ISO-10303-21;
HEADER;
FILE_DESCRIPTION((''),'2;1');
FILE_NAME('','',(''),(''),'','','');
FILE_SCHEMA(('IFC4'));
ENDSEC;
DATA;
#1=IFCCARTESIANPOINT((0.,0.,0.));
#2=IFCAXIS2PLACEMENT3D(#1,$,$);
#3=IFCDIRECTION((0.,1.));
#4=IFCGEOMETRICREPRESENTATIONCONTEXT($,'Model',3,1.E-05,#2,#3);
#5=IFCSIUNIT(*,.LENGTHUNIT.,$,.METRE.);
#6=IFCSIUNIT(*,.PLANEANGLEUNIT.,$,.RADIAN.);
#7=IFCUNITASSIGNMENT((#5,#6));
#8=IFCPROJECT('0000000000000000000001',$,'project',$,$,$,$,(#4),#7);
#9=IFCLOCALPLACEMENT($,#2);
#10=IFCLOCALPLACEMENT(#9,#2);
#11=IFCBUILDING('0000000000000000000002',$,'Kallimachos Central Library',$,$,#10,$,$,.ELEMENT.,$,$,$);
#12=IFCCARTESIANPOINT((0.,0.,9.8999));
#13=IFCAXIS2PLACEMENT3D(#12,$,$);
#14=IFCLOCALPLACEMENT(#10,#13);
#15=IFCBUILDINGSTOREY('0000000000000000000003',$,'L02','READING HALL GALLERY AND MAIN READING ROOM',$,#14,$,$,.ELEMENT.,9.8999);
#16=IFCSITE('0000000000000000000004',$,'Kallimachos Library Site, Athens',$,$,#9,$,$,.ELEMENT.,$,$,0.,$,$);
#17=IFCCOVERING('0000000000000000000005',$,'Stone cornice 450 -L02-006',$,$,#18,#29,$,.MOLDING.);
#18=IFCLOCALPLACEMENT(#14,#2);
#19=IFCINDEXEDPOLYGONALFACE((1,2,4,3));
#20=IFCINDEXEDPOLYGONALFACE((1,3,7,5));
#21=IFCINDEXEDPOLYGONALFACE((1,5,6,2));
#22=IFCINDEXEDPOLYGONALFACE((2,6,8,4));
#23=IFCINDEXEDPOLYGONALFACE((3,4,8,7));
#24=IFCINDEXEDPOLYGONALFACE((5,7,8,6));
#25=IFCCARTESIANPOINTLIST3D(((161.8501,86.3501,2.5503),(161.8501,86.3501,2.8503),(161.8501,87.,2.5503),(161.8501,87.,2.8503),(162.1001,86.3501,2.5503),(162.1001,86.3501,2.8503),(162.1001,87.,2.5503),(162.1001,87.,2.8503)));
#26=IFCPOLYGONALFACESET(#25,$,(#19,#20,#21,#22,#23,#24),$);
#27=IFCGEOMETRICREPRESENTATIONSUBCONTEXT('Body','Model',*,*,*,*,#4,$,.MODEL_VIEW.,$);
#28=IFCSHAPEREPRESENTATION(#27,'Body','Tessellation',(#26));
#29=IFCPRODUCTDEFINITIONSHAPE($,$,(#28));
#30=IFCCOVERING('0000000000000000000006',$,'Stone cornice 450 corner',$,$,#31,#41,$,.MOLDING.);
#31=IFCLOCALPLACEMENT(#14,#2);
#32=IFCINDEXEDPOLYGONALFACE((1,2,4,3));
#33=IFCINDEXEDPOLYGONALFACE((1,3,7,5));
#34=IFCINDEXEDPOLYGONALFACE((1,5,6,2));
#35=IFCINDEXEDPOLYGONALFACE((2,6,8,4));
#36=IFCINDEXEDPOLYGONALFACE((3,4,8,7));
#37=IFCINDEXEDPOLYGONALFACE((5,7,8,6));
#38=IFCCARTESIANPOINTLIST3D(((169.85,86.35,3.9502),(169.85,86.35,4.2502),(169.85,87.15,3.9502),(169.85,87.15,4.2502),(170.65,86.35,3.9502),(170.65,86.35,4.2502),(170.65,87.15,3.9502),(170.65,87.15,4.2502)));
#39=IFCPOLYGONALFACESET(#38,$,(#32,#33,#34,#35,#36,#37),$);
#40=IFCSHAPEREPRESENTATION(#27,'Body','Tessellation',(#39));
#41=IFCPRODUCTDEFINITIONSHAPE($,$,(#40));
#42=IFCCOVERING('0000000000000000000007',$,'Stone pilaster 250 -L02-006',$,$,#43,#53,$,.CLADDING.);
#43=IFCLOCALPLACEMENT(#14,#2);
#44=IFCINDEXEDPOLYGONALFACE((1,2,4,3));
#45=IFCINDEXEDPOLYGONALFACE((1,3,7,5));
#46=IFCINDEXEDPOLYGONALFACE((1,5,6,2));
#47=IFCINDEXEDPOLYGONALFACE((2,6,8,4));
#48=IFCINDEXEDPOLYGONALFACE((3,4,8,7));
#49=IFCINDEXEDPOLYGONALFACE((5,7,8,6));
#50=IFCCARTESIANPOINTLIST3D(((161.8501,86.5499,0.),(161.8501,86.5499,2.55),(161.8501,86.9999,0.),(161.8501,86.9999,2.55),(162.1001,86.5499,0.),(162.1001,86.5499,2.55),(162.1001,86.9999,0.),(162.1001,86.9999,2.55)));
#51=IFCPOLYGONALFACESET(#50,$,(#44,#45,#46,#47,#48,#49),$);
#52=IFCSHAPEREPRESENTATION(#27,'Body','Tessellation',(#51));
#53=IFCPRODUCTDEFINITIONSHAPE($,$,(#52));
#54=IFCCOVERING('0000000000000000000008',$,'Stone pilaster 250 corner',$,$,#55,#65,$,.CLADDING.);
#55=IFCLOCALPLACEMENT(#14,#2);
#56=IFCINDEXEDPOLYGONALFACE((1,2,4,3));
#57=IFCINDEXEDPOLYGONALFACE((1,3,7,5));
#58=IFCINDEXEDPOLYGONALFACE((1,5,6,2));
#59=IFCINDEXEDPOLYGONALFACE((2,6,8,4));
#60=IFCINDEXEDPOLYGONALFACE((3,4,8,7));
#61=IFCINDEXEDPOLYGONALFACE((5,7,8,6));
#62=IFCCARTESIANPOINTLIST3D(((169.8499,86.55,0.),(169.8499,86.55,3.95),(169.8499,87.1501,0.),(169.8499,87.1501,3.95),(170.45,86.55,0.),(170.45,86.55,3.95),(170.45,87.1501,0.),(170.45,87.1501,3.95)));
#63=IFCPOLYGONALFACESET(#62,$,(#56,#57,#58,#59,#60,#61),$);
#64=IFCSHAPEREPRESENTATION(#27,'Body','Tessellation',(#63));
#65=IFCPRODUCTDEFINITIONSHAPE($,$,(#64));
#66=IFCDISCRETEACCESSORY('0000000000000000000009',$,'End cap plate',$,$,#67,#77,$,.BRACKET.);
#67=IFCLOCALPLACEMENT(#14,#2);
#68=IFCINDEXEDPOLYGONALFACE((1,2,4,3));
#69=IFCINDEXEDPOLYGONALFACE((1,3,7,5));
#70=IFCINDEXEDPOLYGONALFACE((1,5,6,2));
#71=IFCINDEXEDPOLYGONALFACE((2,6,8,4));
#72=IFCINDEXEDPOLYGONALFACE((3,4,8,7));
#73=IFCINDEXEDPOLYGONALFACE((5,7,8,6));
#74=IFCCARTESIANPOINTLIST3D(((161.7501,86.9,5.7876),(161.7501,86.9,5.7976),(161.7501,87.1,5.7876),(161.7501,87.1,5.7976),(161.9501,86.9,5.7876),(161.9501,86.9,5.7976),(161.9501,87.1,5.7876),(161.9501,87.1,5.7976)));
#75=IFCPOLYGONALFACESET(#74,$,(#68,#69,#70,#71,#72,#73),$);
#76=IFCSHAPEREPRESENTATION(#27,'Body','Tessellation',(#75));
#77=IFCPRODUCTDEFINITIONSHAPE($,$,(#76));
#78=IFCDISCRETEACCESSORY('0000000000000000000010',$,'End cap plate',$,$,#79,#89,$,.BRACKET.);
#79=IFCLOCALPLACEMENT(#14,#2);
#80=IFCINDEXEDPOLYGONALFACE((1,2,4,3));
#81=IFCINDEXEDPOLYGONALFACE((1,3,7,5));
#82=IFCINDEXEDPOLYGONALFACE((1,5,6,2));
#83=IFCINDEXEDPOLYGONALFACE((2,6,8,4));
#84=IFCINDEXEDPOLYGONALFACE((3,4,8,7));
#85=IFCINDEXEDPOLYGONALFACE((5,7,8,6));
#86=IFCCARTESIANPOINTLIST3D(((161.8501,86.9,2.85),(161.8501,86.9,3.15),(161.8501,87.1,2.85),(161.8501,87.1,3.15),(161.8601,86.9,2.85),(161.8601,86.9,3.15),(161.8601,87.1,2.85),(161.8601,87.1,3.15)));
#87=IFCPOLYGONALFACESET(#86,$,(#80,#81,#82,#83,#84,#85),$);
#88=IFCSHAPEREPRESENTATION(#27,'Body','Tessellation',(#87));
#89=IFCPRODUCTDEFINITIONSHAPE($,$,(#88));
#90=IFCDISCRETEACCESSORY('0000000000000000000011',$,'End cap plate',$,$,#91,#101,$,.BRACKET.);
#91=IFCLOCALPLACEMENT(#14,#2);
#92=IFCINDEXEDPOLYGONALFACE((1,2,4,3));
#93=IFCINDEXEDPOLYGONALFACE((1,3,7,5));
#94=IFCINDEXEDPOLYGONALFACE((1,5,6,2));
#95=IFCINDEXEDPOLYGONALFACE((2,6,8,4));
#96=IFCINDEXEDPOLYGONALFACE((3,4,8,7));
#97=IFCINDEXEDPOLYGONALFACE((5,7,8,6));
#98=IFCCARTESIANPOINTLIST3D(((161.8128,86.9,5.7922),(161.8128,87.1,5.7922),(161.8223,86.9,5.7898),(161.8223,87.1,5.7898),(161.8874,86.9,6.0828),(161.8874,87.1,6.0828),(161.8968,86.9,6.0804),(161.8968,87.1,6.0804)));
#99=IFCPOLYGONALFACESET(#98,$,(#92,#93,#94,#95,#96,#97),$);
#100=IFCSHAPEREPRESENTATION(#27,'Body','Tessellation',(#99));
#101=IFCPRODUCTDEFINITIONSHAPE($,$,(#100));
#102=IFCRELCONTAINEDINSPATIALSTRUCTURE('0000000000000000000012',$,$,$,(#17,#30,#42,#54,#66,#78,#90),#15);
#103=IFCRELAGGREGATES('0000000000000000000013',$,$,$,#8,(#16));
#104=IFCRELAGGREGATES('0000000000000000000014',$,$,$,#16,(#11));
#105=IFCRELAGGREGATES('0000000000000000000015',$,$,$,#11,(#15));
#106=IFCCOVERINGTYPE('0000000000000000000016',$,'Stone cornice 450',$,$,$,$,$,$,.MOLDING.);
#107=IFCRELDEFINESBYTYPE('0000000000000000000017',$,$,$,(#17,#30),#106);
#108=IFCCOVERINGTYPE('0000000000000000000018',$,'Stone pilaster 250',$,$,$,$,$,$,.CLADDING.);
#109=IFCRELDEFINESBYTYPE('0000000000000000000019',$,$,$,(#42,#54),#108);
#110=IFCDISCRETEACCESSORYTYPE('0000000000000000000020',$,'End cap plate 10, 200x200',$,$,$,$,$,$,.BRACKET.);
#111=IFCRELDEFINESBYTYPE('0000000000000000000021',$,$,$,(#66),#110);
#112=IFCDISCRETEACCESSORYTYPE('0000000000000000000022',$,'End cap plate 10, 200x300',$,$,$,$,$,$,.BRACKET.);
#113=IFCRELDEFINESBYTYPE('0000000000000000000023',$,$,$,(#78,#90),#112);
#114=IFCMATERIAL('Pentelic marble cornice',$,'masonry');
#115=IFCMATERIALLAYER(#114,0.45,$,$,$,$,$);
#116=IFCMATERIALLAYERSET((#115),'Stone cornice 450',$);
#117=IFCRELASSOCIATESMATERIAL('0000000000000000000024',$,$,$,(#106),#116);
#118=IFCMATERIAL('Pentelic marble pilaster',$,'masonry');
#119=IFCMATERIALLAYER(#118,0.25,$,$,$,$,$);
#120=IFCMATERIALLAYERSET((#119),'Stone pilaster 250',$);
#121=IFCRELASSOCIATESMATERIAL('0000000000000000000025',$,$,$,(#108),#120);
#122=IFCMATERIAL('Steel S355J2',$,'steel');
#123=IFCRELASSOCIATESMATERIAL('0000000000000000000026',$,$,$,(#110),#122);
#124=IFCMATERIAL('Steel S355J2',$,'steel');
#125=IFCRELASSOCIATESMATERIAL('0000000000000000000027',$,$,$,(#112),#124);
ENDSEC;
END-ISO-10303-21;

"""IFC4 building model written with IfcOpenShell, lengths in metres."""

from ifc_helpers import new_model, si_unit, direction, frame, origin, origin_2d, place, context, subcontext, project, spatial, rectangle, extrude, material, layer, layer_set, material_profile, profile_set, type_object, element, save


model = new_model("IFC4")

# Units and contexts
model_context = context("Model", 3, precision=1e-05, world=origin(), true_north=direction((0.0, 1.0)))
body_context = subcontext(model_context, "Body", "Model", "MODEL_VIEW")
ifc_project = project(units=[si_unit("LENGTHUNIT", "METRE"), si_unit("PLANEANGLEUNIT", "RADIAN")], contexts=[model_context])

# Site, building, storey
site_placement = place(None, origin())
site = spatial("IfcSite", under=ifc_project, at=site_placement, Name="Kallimachos Library Site, Athens", CompositionType="ELEMENT", RefElevation=0.0)
building_placement = place(site_placement, origin())
building = spatial("IfcBuilding", under=site, at=building_placement, Name="Kallimachos Central Library", CompositionType="ELEMENT")
storey_placement = place(building_placement, frame((0.0, 0.0, 9.8999)))
storey = spatial("IfcBuildingStorey", under=building, at=storey_placement, Name="L02", Description="READING HALL GALLERY AND MAIN READING ROOM", CompositionType="ELEMENT", Elevation=9.8999)

# Coverings
ifc_material_1 = material(Name="Pentelic marble cornice", Category="masonry")
ifc_layer_1 = layer(ifc_material_1, 0.45)
ifc_layer_set_1 = layer_set([ifc_layer_1], Name="Stone cornice 450")
covering_type_1 = type_object("IfcCoveringType", Name="Stone cornice 450", PredefinedType="MOLDING", material=ifc_layer_set_1)
covering_1_placement = place(storey_placement, frame((161.9751, 86.675, 2.5503), z_axis=(0.0, 0.0, 1.0), x_axis=(1.0, 0.0, 0.0)))
element("IfcCovering", 1, at=covering_1_placement, inside=storey, type_object=covering_type_1, Name="Stone cornice 450 -L02-006", PredefinedType="MOLDING", context=body_context, shape_type="SweptSolid", body=[
    extrude(rectangle(XDim=0.25, YDim=0.6499, at=origin_2d()), origin(), (0.0, 0.0, 1.0), 0.3),
])
covering_2_placement = place(storey_placement, frame((170.25, 86.75, 3.9502), z_axis=(0.0, 0.0, 1.0), x_axis=(1.0, 0.0, 0.0)))
element("IfcCovering", 2, at=covering_2_placement, inside=storey, type_object=covering_type_1, Name="Stone cornice 450 corner", PredefinedType="MOLDING", context=body_context, shape_type="SweptSolid", body=[
    extrude(rectangle(XDim=0.8, YDim=0.8, at=origin_2d()), origin(), (0.0, 0.0, 1.0), 0.3),
])
ifc_material_2 = material(Name="Pentelic marble pilaster", Category="masonry")
ifc_layer_2 = layer(ifc_material_2, 0.25)
ifc_layer_set_2 = layer_set([ifc_layer_2], Name="Stone pilaster 250")
covering_type_2 = type_object("IfcCoveringType", Name="Stone pilaster 250", PredefinedType="CLADDING", material=ifc_layer_set_2)
covering_3_placement = place(storey_placement, frame((161.9751, 86.7749, 0.0), z_axis=(0.0, 0.0, 1.0), x_axis=(1.0, 0.0, 0.0)))
element("IfcCovering", 3, at=covering_3_placement, inside=storey, type_object=covering_type_2, Name="Stone pilaster 250 -L02-006", PredefinedType="CLADDING", context=body_context, shape_type="SweptSolid", body=[
    extrude(rectangle(XDim=0.25, YDim=0.45, at=origin_2d()), origin(), (0.0, 0.0, 1.0), 2.55),
])
covering_4_placement = place(storey_placement, frame((170.1499, 86.8501, 0.0), z_axis=(0.0, 0.0, 1.0), x_axis=(1.0, 0.0, 0.0)))
element("IfcCovering", 4, at=covering_4_placement, inside=storey, type_object=covering_type_2, Name="Stone pilaster 250 corner", PredefinedType="CLADDING", context=body_context, shape_type="SweptSolid", body=[
    extrude(rectangle(XDim=0.6001, YDim=0.6001, at=origin_2d()), origin(), (0.0, 0.0, 1.0), 3.95),
])

# Discrete accessories
ifc_material_3 = material(Name="Steel S355J2", Category="steel")
ifc_material_profile_1 = material_profile(ifc_material_3, rectangle(XDim=0.2, YDim=0.2, at=origin_2d()), Name="End cap plate 10, 200x200")
ifc_profile_set_1 = profile_set([ifc_material_profile_1], Name="Steel S355J2")
discrete_accessory_type_1 = type_object("IfcDiscreteAccessoryType", Name="End cap plate 10, 200x200", PredefinedType="BRACKET", material=ifc_profile_set_1)
discrete_accessory_1_placement = place(storey_placement, frame((161.8501, 87.0, 5.7876), z_axis=(0.0, 0.0, 1.0), x_axis=(1.0, 0.0, 0.0)))
element("IfcDiscreteAccessory", 5, at=discrete_accessory_1_placement, inside=storey, type_object=discrete_accessory_type_1, Name="End cap plate", PredefinedType="BRACKET", context=body_context, shape_type="SweptSolid", body=[
    extrude(rectangle(XDim=0.2, YDim=0.2, at=origin_2d()), origin(), (0.0, 0.0, 1.0), 0.01),
])
ifc_material_4 = material(Name="Steel S355J2", Category="steel")
ifc_material_profile_2 = material_profile(ifc_material_4, rectangle(XDim=0.2, YDim=0.3, at=origin_2d()), Name="End cap plate 10, 200x300")
ifc_profile_set_2 = profile_set([ifc_material_profile_2], Name="Steel S355J2")
discrete_accessory_type_2 = type_object("IfcDiscreteAccessoryType", Name="End cap plate 10, 200x300", PredefinedType="BRACKET", material=ifc_profile_set_2)
discrete_accessory_2_placement = place(storey_placement, frame((161.8501, 87.0, 3.0), z_axis=(1.0, 0.0, 0.0), x_axis=(0.0, 1.0, 0.0)))
element("IfcDiscreteAccessory", 6, at=discrete_accessory_2_placement, inside=storey, type_object=discrete_accessory_type_2, Name="End cap plate", PredefinedType="BRACKET", context=body_context, shape_type="SweptSolid", body=[
    extrude(rectangle(XDim=0.2, YDim=0.3, at=origin_2d()), origin(), (0.0, 0.0, 1.0), 0.01),
])
discrete_accessory_3_placement = place(storey_placement, frame((161.8501, 87.0, 5.9375), z_axis=(0.968664, 0.0, -0.248375), x_axis=(0.0, 1.0, 0.0)))
element("IfcDiscreteAccessory", 7, at=discrete_accessory_3_placement, inside=storey, type_object=discrete_accessory_type_2, Name="End cap plate", PredefinedType="BRACKET", context=body_context, shape_type="SweptSolid", body=[
    extrude(rectangle(XDim=0.2, YDim=0.3, at=origin_2d()), origin(), (0.0, 0.0, 1.0), 0.0098),
])

save(model, "model.ifc")
